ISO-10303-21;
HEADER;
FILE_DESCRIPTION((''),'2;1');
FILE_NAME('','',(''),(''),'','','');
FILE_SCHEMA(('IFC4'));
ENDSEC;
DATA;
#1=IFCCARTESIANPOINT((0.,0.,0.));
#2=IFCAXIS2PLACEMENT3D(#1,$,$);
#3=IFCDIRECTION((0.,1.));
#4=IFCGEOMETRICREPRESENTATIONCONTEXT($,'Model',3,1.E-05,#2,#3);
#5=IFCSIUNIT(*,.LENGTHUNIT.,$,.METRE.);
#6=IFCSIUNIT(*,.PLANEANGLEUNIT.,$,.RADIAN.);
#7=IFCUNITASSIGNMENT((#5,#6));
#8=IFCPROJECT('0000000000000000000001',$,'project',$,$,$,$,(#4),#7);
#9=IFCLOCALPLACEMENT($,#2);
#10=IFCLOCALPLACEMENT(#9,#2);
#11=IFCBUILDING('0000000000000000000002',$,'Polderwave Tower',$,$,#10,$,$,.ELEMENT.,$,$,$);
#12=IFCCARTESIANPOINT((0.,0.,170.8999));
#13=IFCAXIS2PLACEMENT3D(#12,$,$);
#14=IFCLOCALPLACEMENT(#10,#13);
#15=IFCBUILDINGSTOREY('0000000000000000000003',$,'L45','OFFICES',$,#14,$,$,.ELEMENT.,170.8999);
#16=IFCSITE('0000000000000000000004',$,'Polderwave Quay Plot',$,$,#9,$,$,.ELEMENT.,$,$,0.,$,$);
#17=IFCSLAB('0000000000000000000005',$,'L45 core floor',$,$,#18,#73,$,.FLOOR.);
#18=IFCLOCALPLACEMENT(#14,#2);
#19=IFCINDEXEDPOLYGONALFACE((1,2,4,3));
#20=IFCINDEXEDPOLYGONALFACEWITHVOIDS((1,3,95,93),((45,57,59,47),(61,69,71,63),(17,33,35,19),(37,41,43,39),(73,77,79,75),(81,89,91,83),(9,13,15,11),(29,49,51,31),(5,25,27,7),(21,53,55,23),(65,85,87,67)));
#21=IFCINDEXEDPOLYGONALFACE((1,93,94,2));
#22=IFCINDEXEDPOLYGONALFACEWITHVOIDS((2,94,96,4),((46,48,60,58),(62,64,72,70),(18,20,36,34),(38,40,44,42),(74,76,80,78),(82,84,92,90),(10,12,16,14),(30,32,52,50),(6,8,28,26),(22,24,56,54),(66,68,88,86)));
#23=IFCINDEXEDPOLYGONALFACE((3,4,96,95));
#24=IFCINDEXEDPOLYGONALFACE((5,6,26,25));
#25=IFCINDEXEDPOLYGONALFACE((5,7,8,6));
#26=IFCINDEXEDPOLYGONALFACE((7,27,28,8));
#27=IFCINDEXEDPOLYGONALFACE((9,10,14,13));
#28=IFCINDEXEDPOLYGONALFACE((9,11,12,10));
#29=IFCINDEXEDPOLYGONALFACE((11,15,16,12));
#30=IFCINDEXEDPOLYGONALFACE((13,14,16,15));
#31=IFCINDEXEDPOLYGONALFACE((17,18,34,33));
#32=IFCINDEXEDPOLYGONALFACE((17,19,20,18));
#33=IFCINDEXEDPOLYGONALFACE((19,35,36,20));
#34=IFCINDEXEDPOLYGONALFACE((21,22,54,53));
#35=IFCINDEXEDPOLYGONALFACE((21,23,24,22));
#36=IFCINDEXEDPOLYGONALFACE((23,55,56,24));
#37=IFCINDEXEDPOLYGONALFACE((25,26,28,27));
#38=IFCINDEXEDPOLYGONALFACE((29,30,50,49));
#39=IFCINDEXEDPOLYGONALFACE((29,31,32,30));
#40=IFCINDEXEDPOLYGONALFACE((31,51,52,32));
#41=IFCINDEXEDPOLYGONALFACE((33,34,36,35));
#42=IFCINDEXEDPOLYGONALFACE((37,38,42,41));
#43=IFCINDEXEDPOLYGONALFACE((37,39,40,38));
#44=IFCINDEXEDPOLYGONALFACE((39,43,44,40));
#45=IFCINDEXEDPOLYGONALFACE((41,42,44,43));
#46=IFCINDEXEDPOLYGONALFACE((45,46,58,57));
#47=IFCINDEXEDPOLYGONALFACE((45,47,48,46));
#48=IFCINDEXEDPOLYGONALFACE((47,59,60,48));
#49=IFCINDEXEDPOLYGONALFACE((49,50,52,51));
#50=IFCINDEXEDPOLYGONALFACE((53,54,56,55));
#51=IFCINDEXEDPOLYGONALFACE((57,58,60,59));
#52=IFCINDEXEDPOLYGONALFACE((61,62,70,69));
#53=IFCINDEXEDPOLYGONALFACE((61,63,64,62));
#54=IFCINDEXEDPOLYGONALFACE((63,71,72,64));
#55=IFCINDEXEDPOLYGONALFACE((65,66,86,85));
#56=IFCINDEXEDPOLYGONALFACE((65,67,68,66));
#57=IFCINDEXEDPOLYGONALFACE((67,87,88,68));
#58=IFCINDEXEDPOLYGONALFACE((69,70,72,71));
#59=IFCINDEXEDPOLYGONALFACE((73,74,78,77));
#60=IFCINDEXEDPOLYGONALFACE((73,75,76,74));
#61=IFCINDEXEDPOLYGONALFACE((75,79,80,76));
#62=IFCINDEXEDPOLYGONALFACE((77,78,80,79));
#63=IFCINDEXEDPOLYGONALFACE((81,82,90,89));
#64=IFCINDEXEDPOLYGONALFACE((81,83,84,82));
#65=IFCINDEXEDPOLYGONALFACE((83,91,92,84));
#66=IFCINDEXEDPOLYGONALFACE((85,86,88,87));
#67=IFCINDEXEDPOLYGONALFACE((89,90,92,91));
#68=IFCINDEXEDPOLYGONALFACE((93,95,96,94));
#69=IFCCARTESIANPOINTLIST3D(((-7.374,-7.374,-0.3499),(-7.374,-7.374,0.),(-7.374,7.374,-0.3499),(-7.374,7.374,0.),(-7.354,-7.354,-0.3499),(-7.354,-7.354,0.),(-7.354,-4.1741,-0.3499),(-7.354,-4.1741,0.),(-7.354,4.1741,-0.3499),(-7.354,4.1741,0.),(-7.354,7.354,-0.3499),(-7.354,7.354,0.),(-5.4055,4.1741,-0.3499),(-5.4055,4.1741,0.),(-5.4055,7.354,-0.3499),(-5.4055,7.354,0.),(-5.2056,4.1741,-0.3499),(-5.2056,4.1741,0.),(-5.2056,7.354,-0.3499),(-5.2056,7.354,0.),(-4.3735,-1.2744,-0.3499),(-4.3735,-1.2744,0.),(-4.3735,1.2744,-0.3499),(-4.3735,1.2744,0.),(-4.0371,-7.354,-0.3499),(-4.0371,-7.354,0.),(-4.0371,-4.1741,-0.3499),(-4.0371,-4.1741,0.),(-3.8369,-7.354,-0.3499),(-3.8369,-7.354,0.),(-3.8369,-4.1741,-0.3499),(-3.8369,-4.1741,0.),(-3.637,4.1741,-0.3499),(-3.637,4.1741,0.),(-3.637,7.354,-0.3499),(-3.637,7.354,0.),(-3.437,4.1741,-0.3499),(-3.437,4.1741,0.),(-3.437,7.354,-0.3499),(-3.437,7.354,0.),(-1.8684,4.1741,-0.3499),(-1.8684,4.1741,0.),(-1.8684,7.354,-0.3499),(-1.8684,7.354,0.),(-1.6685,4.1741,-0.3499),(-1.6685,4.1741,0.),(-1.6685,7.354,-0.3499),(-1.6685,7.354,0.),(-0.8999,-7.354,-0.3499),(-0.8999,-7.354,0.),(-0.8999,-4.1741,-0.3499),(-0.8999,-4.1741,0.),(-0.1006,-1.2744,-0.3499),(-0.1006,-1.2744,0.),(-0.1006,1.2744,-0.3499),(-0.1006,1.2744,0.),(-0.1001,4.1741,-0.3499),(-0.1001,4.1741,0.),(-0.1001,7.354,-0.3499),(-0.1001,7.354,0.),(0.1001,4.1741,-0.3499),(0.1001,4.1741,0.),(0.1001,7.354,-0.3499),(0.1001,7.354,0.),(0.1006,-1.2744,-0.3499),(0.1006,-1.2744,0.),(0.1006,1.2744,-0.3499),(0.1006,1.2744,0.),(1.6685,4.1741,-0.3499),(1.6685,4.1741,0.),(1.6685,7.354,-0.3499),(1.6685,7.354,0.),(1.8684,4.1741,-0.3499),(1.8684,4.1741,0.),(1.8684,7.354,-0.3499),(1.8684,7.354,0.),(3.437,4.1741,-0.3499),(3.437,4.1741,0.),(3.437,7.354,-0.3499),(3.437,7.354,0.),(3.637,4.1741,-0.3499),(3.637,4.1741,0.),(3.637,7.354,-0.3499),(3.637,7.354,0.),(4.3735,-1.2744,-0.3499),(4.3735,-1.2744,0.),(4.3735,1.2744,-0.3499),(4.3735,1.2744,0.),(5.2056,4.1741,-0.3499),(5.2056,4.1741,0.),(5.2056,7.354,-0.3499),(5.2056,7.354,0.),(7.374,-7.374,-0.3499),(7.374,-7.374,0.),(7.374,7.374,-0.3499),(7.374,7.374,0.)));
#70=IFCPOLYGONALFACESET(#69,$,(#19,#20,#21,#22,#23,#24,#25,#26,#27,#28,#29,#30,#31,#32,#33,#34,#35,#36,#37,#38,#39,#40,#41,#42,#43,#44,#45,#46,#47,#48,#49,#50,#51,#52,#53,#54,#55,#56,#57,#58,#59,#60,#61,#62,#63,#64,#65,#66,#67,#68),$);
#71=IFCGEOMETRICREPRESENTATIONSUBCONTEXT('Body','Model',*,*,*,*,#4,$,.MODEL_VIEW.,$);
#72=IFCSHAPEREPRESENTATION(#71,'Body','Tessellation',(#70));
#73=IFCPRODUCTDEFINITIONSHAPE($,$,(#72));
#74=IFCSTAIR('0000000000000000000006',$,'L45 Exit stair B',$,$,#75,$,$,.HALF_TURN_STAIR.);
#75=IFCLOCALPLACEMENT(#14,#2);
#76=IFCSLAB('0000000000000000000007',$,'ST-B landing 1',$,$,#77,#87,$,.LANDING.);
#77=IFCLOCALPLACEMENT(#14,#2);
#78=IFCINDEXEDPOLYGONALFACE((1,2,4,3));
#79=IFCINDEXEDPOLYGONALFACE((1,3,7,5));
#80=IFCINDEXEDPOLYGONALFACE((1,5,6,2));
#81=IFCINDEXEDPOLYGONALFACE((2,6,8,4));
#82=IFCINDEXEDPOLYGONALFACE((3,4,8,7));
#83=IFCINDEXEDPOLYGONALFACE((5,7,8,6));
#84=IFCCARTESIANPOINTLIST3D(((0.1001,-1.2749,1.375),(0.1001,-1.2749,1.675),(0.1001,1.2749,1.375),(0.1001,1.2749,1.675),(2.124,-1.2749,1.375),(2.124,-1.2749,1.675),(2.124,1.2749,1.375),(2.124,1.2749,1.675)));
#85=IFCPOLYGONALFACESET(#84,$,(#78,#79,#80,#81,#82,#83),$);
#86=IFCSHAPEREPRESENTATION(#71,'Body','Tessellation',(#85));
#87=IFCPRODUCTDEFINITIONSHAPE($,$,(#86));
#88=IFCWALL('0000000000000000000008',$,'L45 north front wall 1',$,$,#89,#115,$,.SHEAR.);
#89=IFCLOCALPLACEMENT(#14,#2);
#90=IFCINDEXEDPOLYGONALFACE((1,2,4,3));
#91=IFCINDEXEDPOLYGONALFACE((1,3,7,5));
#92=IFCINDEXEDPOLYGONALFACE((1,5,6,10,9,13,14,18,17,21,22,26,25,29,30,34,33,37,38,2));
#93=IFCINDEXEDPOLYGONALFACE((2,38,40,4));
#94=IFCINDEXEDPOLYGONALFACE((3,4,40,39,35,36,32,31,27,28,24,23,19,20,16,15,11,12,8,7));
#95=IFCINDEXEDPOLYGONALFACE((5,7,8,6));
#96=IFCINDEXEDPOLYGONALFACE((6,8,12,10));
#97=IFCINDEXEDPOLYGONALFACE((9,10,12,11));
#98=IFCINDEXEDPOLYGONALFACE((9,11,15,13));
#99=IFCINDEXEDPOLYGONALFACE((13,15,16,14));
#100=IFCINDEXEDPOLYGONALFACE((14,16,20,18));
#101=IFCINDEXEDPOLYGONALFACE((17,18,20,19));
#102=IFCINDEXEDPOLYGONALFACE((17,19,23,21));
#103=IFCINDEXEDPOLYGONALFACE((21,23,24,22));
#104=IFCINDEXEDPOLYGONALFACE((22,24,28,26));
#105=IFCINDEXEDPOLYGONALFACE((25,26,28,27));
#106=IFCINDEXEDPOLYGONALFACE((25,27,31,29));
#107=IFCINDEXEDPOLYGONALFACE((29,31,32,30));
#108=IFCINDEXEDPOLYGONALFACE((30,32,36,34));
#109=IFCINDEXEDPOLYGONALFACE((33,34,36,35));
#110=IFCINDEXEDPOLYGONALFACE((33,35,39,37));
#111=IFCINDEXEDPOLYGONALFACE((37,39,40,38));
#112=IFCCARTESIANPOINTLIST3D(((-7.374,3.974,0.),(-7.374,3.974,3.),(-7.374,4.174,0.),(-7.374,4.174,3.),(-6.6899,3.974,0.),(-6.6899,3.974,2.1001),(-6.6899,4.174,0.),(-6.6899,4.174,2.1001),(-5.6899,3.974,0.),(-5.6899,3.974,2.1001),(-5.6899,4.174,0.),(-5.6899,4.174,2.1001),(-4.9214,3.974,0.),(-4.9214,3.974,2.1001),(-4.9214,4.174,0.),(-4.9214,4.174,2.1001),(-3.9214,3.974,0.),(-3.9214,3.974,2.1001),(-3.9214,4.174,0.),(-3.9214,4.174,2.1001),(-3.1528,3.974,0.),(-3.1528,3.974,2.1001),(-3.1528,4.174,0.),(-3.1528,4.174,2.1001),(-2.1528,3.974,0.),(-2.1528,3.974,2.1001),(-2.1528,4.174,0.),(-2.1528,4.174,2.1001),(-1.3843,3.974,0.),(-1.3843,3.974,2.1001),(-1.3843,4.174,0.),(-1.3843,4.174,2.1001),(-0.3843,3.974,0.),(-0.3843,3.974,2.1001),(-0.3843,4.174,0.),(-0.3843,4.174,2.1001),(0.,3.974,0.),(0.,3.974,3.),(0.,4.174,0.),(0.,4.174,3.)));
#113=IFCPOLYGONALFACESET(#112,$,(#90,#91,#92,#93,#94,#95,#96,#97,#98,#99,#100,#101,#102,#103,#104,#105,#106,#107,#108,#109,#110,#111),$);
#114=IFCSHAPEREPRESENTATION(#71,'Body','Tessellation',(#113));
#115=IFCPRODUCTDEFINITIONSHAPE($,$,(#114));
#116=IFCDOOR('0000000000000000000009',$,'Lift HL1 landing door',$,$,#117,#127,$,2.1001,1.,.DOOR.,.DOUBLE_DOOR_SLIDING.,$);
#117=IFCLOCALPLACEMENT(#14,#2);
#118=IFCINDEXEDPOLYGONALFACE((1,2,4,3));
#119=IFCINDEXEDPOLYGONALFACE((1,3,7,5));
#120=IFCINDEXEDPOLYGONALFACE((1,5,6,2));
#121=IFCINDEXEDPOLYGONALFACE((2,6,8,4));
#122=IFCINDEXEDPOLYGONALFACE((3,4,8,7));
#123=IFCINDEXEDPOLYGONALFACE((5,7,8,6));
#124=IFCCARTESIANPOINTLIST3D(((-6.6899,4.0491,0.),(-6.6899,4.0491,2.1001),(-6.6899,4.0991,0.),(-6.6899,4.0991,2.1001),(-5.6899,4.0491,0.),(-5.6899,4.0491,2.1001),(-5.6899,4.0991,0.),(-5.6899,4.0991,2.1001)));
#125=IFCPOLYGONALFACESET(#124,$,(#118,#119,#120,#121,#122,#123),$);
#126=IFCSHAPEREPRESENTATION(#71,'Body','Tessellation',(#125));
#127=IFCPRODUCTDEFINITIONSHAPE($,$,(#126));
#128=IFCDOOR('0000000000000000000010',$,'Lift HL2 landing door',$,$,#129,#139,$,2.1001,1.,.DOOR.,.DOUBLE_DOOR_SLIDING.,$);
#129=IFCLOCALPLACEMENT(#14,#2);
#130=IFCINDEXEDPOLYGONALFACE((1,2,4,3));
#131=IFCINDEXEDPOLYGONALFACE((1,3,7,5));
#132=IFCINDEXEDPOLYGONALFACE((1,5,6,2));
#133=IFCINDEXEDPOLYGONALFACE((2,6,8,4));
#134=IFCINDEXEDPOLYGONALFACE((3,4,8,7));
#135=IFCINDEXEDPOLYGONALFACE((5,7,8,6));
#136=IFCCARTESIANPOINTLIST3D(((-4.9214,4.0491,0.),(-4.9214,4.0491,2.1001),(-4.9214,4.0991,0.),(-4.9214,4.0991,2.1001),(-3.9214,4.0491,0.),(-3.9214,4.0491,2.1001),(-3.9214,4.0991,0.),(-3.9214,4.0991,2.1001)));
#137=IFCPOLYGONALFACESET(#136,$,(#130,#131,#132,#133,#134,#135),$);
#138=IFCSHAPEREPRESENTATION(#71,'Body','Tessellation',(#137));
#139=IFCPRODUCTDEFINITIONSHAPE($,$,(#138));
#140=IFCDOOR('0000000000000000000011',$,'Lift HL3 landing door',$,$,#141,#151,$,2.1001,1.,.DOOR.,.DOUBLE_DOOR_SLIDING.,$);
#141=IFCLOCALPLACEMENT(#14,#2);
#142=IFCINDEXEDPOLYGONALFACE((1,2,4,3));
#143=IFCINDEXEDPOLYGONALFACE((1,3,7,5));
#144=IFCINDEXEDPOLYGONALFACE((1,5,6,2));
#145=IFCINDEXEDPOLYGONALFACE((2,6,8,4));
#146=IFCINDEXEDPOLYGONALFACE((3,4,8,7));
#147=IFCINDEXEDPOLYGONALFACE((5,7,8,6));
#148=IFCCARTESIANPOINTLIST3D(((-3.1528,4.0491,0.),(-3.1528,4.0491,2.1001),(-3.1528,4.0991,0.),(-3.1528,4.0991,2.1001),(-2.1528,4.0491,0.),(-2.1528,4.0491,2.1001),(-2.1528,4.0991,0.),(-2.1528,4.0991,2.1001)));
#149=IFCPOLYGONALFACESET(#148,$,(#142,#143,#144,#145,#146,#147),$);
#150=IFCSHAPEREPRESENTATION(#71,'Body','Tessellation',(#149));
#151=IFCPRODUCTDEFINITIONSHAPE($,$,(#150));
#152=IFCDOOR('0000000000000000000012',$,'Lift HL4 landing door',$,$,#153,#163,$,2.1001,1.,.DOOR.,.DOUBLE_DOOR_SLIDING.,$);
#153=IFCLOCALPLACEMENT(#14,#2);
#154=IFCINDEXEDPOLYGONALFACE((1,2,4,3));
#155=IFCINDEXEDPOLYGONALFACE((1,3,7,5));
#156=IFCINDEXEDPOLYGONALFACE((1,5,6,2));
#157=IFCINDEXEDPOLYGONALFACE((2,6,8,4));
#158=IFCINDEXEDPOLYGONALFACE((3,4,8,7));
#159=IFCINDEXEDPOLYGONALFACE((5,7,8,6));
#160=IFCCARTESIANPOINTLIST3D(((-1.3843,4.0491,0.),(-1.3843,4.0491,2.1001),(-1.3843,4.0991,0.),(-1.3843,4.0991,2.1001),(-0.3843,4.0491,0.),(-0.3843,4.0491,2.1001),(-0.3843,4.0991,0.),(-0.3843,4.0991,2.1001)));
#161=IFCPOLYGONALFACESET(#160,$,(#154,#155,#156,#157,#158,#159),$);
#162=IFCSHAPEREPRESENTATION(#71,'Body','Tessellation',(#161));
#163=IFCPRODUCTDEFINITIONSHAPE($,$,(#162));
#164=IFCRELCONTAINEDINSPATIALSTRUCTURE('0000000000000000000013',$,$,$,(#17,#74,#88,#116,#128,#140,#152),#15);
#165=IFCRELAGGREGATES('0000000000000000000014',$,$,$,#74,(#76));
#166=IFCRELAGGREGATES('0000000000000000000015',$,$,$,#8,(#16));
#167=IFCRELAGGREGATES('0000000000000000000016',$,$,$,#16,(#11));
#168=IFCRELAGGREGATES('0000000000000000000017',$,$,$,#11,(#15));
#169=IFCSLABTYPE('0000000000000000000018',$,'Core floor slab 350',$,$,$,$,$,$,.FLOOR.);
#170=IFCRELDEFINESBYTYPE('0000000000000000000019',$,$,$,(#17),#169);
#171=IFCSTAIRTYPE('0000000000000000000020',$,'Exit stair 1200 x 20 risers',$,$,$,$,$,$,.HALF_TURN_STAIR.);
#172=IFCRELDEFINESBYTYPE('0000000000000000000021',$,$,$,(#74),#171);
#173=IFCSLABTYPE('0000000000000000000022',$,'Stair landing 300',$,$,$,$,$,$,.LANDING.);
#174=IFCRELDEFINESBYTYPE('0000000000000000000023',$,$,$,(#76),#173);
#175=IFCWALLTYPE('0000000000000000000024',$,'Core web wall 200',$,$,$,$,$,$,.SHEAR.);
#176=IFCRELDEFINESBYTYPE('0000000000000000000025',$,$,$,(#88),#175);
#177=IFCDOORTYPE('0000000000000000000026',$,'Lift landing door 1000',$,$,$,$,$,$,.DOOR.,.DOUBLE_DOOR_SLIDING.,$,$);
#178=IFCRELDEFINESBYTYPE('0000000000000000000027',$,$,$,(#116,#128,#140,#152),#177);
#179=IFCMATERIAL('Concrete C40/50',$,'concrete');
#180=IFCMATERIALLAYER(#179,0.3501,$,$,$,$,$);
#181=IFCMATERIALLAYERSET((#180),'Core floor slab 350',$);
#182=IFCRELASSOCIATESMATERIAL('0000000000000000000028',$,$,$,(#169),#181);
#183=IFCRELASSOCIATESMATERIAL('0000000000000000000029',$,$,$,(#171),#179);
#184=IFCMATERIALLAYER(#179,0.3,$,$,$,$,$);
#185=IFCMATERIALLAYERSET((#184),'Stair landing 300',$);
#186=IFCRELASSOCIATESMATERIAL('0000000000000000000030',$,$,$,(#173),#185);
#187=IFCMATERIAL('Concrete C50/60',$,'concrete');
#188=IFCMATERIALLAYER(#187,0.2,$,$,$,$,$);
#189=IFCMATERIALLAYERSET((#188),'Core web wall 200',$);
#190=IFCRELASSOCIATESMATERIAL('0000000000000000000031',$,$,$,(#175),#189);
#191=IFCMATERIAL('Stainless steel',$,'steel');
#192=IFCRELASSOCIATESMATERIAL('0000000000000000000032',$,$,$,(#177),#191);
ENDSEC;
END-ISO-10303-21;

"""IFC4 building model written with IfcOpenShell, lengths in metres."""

from ifc_helpers import new_model, si_unit, direction, frame, frame_2d, origin, place, context, subcontext, project, spatial, polyline, rectangle, outline, extrude, material, layer, layer_set, type_object, element, fill, aggregate, save


model = new_model("IFC4")

# Units and contexts
model_context = context("Model", 3, precision=1e-05, world=origin(), true_north=direction((0.0, 1.0)))
body_context = subcontext(model_context, "Body", "Model", "MODEL_VIEW")
ifc_project = project(units=[si_unit("LENGTHUNIT", "METRE"), si_unit("PLANEANGLEUNIT", "RADIAN")], contexts=[model_context])

# Site, building, storey
site_placement = place(None, origin())
site = spatial("IfcSite", under=ifc_project, at=site_placement, Name="Polderwave Quay Plot", CompositionType="ELEMENT", RefElevation=0.0)
building_placement = place(site_placement, origin())
building = spatial("IfcBuilding", under=site, at=building_placement, Name="Polderwave Tower", CompositionType="ELEMENT")
storey_placement = place(building_placement, frame((0.0, 0.0, 170.8999)))
storey = spatial("IfcBuildingStorey", under=building, at=storey_placement, Name="L45", Description="OFFICES", CompositionType="ELEMENT", Elevation=170.8999)

# Slab
ifc_material_1 = material(Name="Concrete C40/50", Category="concrete")
ifc_layer_1 = layer(ifc_material_1, 0.3501)
ifc_layer_set_1 = layer_set([ifc_layer_1], Name="Core floor slab 350")
slab_type_1 = type_object("IfcSlabType", Name="Core floor slab 350", PredefinedType="FLOOR", material=ifc_layer_set_1)
slab_1_placement = place(storey_placement, frame((0.0, 0.0, -0.3499)))
element("IfcSlab", 1, at=slab_1_placement, inside=storey, type_object=slab_type_1, Name="L45 core floor", PredefinedType="FLOOR", context=body_context, shape_type="SweptSolid", body=[
    extrude(outline(polyline([(-7.374, -7.374), (7.374, -7.374), (7.374, 7.374), (-7.374, 7.374), (-7.374, -7.374)]), holes=[polyline([(-7.354, -7.354), (-4.0371, -7.354), (-4.0371, -4.1741), (-7.354, -4.1741), (-7.354, -7.354)]), polyline([(-3.8369, -7.354), (-0.8999, -7.354), (-0.8999, -4.1741), (-3.8369, -4.1741), (-3.8369, -7.354)]), polyline([(-7.354, 4.1741), (-5.4055, 4.1741), (-5.4055, 7.354), (-7.354, 7.354), (-7.354, 4.1741)]), polyline([(-5.2056, 4.1741), (-3.637, 4.1741), (-3.637, 7.354), (-5.2056, 7.354), (-5.2056, 4.1741)]), polyline([(-3.437, 4.1741), (-1.8684, 4.1741), (-1.8684, 7.354), (-3.437, 7.354), (-3.437, 4.1741)]), polyline([(-1.6685, 4.1741), (-0.1001, 4.1741), (-0.1001, 7.354), (-1.6685, 7.354), (-1.6685, 4.1741)]), polyline([(0.1001, 4.1741), (1.6685, 4.1741), (1.6685, 7.354), (0.1001, 7.354), (0.1001, 4.1741)]), polyline([(1.8684, 4.1741), (3.437, 4.1741), (3.437, 7.354), (1.8684, 7.354), (1.8684, 4.1741)]), polyline([(3.637, 4.1741), (5.2056, 4.1741), (5.2056, 7.354), (3.637, 7.354), (3.637, 4.1741)]), polyline([(-4.3735, -1.2744), (-0.1006, -1.2744), (-0.1006, 1.2744), (-4.3735, 1.2744), (-4.3735, -1.2744)]), polyline([(0.1006, -1.2744), (4.3735, -1.2744), (4.3735, 1.2744), (0.1006, 1.2744), (0.1006, -1.2744)])]), origin(), (0.0, 0.0, 1.0), 0.3499),
])

# Stair, slab
stair_type = type_object("IfcStairType", Name="Exit stair 1200 x 20 risers", PredefinedType="HALF_TURN_STAIR", material=ifc_material_1)
stair_1_placement = place(storey_placement, origin())
stair_1 = element("IfcStair", 2, at=stair_1_placement, inside=storey, type_object=stair_type, Name="L45 Exit stair B", PredefinedType="HALF_TURN_STAIR")
ifc_layer_2 = layer(ifc_material_1, 0.3)
ifc_layer_set_2 = layer_set([ifc_layer_2], Name="Stair landing 300")
slab_type_2 = type_object("IfcSlabType", Name="Stair landing 300", PredefinedType="LANDING", material=ifc_layer_set_2)
slab_2_placement = place(storey_placement, frame((0.0, 0.0, 1.375)))
slab_2 = element("IfcSlab", 3, at=slab_2_placement, type_object=slab_type_2, Name="ST-B landing 1", PredefinedType="LANDING", context=body_context, shape_type="SweptSolid", body=[
    extrude(outline(polyline([(2.124, 1.2749), (0.1001, 1.2749), (0.1001, -1.2749), (2.124, -1.2749), (2.124, 1.2749)])), origin(), (0.0, 0.0, 1.0), 0.3),
])
aggregate(stair_1, [slab_2])

# Wall, openings, doors
ifc_material_2 = material(Name="Concrete C50/60", Category="concrete")
ifc_layer_3 = layer(ifc_material_2, 0.2)
ifc_layer_set_3 = layer_set([ifc_layer_3], Name="Core web wall 200")
wall_type_1 = type_object("IfcWallType", Name="Core web wall 200", PredefinedType="SHEAR", material=ifc_layer_set_3)
wall_1_placement = place(storey_placement, frame((-7.374, 4.074, 0.0), z_axis=(0.0, 0.0, 1.0), x_axis=(1.0, 0.0, 0.0)))
wall_1 = element("IfcWall", 4, at=wall_1_placement, inside=storey, type_object=wall_type_1, Name="L45 north front wall 1", PredefinedType="SHEAR", context=body_context, shape_type="SweptSolid", body=[
    extrude(rectangle(XDim=7.374, YDim=0.2, at=frame_2d((3.687, 0.0))), origin(), (0.0, 0.0, 1.0), 3.0),
])
opening_1_placement = place(wall_1_placement, frame((0.6841, 0.0, 0.0)))
opening_1 = element("IfcOpeningElement", 5, at=opening_1_placement, cuts=wall_1, PredefinedType="OPENING", context=body_context, shape_type="SweptSolid", body=[
    extrude(rectangle(XDim=1.0, YDim=2.1001, at=frame_2d((0.5, 1.05))), frame((0.0, 0.1099, 0.0), z_axis=(0.0, -1.0, 0.0), x_axis=(1.0, 0.0, 0.0)), (0.0, 0.0, 1.0), 0.22),
])
opening_2_placement = place(wall_1_placement, frame((2.4526, 0.0, 0.0)))
opening_2 = element("IfcOpeningElement", 6, at=opening_2_placement, cuts=wall_1, PredefinedType="OPENING", context=body_context, shape_type="SweptSolid", body=[
    extrude(rectangle(XDim=1.0, YDim=2.1001, at=frame_2d((0.5, 1.05))), frame((0.0, 0.1099, 0.0), z_axis=(0.0, -1.0, 0.0), x_axis=(1.0, 0.0, 0.0)), (0.0, 0.0, 1.0), 0.22),
])
opening_3_placement = place(wall_1_placement, frame((4.2212, 0.0, 0.0)))
opening_3 = element("IfcOpeningElement", 7, at=opening_3_placement, cuts=wall_1, PredefinedType="OPENING", context=body_context, shape_type="SweptSolid", body=[
    extrude(rectangle(XDim=1.0, YDim=2.1001, at=frame_2d((0.5, 1.05))), frame((0.0, 0.1099, 0.0), z_axis=(0.0, -1.0, 0.0), x_axis=(1.0, 0.0, 0.0)), (0.0, 0.0, 1.0), 0.22),
])
opening_4_placement = place(wall_1_placement, frame((5.9897, 0.0, 0.0)))
opening_4 = element("IfcOpeningElement", 8, at=opening_4_placement, cuts=wall_1, PredefinedType="OPENING", context=body_context, shape_type="SweptSolid", body=[
    extrude(rectangle(XDim=1.0, YDim=2.1001, at=frame_2d((0.5, 1.05))), frame((0.0, 0.1099, 0.0), z_axis=(0.0, -1.0, 0.0), x_axis=(1.0, 0.0, 0.0)), (0.0, 0.0, 1.0), 0.22),
])
ifc_material_3 = material(Name="Stainless steel", Category="steel")
door_type_1 = type_object("IfcDoorType", Name="Lift landing door 1000", OperationType="DOUBLE_DOOR_SLIDING", PredefinedType="DOOR", material=ifc_material_3)
door_1_placement = place(opening_1_placement, frame((1.0, 0.0, 0.0), z_axis=(0.0, 0.0, 1.0), x_axis=(-1.0, 0.0, 0.0)))
door_1 = element("IfcDoor", 9, at=door_1_placement, inside=storey, type_object=door_type_1, Name="Lift HL1 landing door", OperationType="DOUBLE_DOOR_SLIDING", OverallHeight=2.1001, OverallWidth=1.0, PredefinedType="DOOR", context=body_context, shape_type="SweptSolid", body=[
    extrude(rectangle(XDim=1.0, YDim=2.1001, at=frame_2d((0.5, 1.05))), frame((0.0, 0.0249, 0.0), z_axis=(0.0, -1.0, 0.0), x_axis=(1.0, 0.0, 0.0)), (0.0, 0.0, 1.0), 0.05),
])
fill(opening_1, door_1)
door_2_placement = place(opening_2_placement, frame((1.0, 0.0, 0.0), z_axis=(0.0, 0.0, 1.0), x_axis=(-1.0, 0.0, 0.0)))
door_2 = element("IfcDoor", 10, at=door_2_placement, inside=storey, type_object=door_type_1, Name="Lift HL2 landing door", OperationType="DOUBLE_DOOR_SLIDING", OverallHeight=2.1001, OverallWidth=1.0, PredefinedType="DOOR", context=body_context, shape_type="SweptSolid", body=[
    extrude(rectangle(XDim=1.0, YDim=2.1001, at=frame_2d((0.5, 1.05))), frame((0.0, 0.0249, 0.0), z_axis=(0.0, -1.0, 0.0), x_axis=(1.0, 0.0, 0.0)), (0.0, 0.0, 1.0), 0.05),
])
fill(opening_2, door_2)
door_3_placement = place(opening_3_placement, frame((1.0, 0.0, 0.0), z_axis=(0.0, 0.0, 1.0), x_axis=(-1.0, 0.0, 0.0)))
door_3 = element("IfcDoor", 11, at=door_3_placement, inside=storey, type_object=door_type_1, Name="Lift HL3 landing door", OperationType="DOUBLE_DOOR_SLIDING", OverallHeight=2.1001, OverallWidth=1.0, PredefinedType="DOOR", context=body_context, shape_type="SweptSolid", body=[
    extrude(rectangle(XDim=1.0, YDim=2.1001, at=frame_2d((0.5, 1.05))), frame((0.0, 0.0249, 0.0), z_axis=(0.0, -1.0, 0.0), x_axis=(1.0, 0.0, 0.0)), (0.0, 0.0, 1.0), 0.05),
])
fill(opening_3, door_3)
door_4_placement = place(opening_4_placement, frame((1.0, 0.0, 0.0), z_axis=(0.0, 0.0, 1.0), x_axis=(-1.0, 0.0, 0.0)))
door_4 = element("IfcDoor", 12, at=door_4_placement, inside=storey, type_object=door_type_1, Name="Lift HL4 landing door", OperationType="DOUBLE_DOOR_SLIDING", OverallHeight=2.1001, OverallWidth=1.0, PredefinedType="DOOR", context=body_context, shape_type="SweptSolid", body=[
    extrude(rectangle(XDim=1.0, YDim=2.1001, at=frame_2d((0.5, 1.05))), frame((0.0, 0.0249, 0.0), z_axis=(0.0, -1.0, 0.0), x_axis=(1.0, 0.0, 0.0)), (0.0, 0.0, 1.0), 0.05),
])
fill(opening_4, door_4)

save(model, "model.ifc")
